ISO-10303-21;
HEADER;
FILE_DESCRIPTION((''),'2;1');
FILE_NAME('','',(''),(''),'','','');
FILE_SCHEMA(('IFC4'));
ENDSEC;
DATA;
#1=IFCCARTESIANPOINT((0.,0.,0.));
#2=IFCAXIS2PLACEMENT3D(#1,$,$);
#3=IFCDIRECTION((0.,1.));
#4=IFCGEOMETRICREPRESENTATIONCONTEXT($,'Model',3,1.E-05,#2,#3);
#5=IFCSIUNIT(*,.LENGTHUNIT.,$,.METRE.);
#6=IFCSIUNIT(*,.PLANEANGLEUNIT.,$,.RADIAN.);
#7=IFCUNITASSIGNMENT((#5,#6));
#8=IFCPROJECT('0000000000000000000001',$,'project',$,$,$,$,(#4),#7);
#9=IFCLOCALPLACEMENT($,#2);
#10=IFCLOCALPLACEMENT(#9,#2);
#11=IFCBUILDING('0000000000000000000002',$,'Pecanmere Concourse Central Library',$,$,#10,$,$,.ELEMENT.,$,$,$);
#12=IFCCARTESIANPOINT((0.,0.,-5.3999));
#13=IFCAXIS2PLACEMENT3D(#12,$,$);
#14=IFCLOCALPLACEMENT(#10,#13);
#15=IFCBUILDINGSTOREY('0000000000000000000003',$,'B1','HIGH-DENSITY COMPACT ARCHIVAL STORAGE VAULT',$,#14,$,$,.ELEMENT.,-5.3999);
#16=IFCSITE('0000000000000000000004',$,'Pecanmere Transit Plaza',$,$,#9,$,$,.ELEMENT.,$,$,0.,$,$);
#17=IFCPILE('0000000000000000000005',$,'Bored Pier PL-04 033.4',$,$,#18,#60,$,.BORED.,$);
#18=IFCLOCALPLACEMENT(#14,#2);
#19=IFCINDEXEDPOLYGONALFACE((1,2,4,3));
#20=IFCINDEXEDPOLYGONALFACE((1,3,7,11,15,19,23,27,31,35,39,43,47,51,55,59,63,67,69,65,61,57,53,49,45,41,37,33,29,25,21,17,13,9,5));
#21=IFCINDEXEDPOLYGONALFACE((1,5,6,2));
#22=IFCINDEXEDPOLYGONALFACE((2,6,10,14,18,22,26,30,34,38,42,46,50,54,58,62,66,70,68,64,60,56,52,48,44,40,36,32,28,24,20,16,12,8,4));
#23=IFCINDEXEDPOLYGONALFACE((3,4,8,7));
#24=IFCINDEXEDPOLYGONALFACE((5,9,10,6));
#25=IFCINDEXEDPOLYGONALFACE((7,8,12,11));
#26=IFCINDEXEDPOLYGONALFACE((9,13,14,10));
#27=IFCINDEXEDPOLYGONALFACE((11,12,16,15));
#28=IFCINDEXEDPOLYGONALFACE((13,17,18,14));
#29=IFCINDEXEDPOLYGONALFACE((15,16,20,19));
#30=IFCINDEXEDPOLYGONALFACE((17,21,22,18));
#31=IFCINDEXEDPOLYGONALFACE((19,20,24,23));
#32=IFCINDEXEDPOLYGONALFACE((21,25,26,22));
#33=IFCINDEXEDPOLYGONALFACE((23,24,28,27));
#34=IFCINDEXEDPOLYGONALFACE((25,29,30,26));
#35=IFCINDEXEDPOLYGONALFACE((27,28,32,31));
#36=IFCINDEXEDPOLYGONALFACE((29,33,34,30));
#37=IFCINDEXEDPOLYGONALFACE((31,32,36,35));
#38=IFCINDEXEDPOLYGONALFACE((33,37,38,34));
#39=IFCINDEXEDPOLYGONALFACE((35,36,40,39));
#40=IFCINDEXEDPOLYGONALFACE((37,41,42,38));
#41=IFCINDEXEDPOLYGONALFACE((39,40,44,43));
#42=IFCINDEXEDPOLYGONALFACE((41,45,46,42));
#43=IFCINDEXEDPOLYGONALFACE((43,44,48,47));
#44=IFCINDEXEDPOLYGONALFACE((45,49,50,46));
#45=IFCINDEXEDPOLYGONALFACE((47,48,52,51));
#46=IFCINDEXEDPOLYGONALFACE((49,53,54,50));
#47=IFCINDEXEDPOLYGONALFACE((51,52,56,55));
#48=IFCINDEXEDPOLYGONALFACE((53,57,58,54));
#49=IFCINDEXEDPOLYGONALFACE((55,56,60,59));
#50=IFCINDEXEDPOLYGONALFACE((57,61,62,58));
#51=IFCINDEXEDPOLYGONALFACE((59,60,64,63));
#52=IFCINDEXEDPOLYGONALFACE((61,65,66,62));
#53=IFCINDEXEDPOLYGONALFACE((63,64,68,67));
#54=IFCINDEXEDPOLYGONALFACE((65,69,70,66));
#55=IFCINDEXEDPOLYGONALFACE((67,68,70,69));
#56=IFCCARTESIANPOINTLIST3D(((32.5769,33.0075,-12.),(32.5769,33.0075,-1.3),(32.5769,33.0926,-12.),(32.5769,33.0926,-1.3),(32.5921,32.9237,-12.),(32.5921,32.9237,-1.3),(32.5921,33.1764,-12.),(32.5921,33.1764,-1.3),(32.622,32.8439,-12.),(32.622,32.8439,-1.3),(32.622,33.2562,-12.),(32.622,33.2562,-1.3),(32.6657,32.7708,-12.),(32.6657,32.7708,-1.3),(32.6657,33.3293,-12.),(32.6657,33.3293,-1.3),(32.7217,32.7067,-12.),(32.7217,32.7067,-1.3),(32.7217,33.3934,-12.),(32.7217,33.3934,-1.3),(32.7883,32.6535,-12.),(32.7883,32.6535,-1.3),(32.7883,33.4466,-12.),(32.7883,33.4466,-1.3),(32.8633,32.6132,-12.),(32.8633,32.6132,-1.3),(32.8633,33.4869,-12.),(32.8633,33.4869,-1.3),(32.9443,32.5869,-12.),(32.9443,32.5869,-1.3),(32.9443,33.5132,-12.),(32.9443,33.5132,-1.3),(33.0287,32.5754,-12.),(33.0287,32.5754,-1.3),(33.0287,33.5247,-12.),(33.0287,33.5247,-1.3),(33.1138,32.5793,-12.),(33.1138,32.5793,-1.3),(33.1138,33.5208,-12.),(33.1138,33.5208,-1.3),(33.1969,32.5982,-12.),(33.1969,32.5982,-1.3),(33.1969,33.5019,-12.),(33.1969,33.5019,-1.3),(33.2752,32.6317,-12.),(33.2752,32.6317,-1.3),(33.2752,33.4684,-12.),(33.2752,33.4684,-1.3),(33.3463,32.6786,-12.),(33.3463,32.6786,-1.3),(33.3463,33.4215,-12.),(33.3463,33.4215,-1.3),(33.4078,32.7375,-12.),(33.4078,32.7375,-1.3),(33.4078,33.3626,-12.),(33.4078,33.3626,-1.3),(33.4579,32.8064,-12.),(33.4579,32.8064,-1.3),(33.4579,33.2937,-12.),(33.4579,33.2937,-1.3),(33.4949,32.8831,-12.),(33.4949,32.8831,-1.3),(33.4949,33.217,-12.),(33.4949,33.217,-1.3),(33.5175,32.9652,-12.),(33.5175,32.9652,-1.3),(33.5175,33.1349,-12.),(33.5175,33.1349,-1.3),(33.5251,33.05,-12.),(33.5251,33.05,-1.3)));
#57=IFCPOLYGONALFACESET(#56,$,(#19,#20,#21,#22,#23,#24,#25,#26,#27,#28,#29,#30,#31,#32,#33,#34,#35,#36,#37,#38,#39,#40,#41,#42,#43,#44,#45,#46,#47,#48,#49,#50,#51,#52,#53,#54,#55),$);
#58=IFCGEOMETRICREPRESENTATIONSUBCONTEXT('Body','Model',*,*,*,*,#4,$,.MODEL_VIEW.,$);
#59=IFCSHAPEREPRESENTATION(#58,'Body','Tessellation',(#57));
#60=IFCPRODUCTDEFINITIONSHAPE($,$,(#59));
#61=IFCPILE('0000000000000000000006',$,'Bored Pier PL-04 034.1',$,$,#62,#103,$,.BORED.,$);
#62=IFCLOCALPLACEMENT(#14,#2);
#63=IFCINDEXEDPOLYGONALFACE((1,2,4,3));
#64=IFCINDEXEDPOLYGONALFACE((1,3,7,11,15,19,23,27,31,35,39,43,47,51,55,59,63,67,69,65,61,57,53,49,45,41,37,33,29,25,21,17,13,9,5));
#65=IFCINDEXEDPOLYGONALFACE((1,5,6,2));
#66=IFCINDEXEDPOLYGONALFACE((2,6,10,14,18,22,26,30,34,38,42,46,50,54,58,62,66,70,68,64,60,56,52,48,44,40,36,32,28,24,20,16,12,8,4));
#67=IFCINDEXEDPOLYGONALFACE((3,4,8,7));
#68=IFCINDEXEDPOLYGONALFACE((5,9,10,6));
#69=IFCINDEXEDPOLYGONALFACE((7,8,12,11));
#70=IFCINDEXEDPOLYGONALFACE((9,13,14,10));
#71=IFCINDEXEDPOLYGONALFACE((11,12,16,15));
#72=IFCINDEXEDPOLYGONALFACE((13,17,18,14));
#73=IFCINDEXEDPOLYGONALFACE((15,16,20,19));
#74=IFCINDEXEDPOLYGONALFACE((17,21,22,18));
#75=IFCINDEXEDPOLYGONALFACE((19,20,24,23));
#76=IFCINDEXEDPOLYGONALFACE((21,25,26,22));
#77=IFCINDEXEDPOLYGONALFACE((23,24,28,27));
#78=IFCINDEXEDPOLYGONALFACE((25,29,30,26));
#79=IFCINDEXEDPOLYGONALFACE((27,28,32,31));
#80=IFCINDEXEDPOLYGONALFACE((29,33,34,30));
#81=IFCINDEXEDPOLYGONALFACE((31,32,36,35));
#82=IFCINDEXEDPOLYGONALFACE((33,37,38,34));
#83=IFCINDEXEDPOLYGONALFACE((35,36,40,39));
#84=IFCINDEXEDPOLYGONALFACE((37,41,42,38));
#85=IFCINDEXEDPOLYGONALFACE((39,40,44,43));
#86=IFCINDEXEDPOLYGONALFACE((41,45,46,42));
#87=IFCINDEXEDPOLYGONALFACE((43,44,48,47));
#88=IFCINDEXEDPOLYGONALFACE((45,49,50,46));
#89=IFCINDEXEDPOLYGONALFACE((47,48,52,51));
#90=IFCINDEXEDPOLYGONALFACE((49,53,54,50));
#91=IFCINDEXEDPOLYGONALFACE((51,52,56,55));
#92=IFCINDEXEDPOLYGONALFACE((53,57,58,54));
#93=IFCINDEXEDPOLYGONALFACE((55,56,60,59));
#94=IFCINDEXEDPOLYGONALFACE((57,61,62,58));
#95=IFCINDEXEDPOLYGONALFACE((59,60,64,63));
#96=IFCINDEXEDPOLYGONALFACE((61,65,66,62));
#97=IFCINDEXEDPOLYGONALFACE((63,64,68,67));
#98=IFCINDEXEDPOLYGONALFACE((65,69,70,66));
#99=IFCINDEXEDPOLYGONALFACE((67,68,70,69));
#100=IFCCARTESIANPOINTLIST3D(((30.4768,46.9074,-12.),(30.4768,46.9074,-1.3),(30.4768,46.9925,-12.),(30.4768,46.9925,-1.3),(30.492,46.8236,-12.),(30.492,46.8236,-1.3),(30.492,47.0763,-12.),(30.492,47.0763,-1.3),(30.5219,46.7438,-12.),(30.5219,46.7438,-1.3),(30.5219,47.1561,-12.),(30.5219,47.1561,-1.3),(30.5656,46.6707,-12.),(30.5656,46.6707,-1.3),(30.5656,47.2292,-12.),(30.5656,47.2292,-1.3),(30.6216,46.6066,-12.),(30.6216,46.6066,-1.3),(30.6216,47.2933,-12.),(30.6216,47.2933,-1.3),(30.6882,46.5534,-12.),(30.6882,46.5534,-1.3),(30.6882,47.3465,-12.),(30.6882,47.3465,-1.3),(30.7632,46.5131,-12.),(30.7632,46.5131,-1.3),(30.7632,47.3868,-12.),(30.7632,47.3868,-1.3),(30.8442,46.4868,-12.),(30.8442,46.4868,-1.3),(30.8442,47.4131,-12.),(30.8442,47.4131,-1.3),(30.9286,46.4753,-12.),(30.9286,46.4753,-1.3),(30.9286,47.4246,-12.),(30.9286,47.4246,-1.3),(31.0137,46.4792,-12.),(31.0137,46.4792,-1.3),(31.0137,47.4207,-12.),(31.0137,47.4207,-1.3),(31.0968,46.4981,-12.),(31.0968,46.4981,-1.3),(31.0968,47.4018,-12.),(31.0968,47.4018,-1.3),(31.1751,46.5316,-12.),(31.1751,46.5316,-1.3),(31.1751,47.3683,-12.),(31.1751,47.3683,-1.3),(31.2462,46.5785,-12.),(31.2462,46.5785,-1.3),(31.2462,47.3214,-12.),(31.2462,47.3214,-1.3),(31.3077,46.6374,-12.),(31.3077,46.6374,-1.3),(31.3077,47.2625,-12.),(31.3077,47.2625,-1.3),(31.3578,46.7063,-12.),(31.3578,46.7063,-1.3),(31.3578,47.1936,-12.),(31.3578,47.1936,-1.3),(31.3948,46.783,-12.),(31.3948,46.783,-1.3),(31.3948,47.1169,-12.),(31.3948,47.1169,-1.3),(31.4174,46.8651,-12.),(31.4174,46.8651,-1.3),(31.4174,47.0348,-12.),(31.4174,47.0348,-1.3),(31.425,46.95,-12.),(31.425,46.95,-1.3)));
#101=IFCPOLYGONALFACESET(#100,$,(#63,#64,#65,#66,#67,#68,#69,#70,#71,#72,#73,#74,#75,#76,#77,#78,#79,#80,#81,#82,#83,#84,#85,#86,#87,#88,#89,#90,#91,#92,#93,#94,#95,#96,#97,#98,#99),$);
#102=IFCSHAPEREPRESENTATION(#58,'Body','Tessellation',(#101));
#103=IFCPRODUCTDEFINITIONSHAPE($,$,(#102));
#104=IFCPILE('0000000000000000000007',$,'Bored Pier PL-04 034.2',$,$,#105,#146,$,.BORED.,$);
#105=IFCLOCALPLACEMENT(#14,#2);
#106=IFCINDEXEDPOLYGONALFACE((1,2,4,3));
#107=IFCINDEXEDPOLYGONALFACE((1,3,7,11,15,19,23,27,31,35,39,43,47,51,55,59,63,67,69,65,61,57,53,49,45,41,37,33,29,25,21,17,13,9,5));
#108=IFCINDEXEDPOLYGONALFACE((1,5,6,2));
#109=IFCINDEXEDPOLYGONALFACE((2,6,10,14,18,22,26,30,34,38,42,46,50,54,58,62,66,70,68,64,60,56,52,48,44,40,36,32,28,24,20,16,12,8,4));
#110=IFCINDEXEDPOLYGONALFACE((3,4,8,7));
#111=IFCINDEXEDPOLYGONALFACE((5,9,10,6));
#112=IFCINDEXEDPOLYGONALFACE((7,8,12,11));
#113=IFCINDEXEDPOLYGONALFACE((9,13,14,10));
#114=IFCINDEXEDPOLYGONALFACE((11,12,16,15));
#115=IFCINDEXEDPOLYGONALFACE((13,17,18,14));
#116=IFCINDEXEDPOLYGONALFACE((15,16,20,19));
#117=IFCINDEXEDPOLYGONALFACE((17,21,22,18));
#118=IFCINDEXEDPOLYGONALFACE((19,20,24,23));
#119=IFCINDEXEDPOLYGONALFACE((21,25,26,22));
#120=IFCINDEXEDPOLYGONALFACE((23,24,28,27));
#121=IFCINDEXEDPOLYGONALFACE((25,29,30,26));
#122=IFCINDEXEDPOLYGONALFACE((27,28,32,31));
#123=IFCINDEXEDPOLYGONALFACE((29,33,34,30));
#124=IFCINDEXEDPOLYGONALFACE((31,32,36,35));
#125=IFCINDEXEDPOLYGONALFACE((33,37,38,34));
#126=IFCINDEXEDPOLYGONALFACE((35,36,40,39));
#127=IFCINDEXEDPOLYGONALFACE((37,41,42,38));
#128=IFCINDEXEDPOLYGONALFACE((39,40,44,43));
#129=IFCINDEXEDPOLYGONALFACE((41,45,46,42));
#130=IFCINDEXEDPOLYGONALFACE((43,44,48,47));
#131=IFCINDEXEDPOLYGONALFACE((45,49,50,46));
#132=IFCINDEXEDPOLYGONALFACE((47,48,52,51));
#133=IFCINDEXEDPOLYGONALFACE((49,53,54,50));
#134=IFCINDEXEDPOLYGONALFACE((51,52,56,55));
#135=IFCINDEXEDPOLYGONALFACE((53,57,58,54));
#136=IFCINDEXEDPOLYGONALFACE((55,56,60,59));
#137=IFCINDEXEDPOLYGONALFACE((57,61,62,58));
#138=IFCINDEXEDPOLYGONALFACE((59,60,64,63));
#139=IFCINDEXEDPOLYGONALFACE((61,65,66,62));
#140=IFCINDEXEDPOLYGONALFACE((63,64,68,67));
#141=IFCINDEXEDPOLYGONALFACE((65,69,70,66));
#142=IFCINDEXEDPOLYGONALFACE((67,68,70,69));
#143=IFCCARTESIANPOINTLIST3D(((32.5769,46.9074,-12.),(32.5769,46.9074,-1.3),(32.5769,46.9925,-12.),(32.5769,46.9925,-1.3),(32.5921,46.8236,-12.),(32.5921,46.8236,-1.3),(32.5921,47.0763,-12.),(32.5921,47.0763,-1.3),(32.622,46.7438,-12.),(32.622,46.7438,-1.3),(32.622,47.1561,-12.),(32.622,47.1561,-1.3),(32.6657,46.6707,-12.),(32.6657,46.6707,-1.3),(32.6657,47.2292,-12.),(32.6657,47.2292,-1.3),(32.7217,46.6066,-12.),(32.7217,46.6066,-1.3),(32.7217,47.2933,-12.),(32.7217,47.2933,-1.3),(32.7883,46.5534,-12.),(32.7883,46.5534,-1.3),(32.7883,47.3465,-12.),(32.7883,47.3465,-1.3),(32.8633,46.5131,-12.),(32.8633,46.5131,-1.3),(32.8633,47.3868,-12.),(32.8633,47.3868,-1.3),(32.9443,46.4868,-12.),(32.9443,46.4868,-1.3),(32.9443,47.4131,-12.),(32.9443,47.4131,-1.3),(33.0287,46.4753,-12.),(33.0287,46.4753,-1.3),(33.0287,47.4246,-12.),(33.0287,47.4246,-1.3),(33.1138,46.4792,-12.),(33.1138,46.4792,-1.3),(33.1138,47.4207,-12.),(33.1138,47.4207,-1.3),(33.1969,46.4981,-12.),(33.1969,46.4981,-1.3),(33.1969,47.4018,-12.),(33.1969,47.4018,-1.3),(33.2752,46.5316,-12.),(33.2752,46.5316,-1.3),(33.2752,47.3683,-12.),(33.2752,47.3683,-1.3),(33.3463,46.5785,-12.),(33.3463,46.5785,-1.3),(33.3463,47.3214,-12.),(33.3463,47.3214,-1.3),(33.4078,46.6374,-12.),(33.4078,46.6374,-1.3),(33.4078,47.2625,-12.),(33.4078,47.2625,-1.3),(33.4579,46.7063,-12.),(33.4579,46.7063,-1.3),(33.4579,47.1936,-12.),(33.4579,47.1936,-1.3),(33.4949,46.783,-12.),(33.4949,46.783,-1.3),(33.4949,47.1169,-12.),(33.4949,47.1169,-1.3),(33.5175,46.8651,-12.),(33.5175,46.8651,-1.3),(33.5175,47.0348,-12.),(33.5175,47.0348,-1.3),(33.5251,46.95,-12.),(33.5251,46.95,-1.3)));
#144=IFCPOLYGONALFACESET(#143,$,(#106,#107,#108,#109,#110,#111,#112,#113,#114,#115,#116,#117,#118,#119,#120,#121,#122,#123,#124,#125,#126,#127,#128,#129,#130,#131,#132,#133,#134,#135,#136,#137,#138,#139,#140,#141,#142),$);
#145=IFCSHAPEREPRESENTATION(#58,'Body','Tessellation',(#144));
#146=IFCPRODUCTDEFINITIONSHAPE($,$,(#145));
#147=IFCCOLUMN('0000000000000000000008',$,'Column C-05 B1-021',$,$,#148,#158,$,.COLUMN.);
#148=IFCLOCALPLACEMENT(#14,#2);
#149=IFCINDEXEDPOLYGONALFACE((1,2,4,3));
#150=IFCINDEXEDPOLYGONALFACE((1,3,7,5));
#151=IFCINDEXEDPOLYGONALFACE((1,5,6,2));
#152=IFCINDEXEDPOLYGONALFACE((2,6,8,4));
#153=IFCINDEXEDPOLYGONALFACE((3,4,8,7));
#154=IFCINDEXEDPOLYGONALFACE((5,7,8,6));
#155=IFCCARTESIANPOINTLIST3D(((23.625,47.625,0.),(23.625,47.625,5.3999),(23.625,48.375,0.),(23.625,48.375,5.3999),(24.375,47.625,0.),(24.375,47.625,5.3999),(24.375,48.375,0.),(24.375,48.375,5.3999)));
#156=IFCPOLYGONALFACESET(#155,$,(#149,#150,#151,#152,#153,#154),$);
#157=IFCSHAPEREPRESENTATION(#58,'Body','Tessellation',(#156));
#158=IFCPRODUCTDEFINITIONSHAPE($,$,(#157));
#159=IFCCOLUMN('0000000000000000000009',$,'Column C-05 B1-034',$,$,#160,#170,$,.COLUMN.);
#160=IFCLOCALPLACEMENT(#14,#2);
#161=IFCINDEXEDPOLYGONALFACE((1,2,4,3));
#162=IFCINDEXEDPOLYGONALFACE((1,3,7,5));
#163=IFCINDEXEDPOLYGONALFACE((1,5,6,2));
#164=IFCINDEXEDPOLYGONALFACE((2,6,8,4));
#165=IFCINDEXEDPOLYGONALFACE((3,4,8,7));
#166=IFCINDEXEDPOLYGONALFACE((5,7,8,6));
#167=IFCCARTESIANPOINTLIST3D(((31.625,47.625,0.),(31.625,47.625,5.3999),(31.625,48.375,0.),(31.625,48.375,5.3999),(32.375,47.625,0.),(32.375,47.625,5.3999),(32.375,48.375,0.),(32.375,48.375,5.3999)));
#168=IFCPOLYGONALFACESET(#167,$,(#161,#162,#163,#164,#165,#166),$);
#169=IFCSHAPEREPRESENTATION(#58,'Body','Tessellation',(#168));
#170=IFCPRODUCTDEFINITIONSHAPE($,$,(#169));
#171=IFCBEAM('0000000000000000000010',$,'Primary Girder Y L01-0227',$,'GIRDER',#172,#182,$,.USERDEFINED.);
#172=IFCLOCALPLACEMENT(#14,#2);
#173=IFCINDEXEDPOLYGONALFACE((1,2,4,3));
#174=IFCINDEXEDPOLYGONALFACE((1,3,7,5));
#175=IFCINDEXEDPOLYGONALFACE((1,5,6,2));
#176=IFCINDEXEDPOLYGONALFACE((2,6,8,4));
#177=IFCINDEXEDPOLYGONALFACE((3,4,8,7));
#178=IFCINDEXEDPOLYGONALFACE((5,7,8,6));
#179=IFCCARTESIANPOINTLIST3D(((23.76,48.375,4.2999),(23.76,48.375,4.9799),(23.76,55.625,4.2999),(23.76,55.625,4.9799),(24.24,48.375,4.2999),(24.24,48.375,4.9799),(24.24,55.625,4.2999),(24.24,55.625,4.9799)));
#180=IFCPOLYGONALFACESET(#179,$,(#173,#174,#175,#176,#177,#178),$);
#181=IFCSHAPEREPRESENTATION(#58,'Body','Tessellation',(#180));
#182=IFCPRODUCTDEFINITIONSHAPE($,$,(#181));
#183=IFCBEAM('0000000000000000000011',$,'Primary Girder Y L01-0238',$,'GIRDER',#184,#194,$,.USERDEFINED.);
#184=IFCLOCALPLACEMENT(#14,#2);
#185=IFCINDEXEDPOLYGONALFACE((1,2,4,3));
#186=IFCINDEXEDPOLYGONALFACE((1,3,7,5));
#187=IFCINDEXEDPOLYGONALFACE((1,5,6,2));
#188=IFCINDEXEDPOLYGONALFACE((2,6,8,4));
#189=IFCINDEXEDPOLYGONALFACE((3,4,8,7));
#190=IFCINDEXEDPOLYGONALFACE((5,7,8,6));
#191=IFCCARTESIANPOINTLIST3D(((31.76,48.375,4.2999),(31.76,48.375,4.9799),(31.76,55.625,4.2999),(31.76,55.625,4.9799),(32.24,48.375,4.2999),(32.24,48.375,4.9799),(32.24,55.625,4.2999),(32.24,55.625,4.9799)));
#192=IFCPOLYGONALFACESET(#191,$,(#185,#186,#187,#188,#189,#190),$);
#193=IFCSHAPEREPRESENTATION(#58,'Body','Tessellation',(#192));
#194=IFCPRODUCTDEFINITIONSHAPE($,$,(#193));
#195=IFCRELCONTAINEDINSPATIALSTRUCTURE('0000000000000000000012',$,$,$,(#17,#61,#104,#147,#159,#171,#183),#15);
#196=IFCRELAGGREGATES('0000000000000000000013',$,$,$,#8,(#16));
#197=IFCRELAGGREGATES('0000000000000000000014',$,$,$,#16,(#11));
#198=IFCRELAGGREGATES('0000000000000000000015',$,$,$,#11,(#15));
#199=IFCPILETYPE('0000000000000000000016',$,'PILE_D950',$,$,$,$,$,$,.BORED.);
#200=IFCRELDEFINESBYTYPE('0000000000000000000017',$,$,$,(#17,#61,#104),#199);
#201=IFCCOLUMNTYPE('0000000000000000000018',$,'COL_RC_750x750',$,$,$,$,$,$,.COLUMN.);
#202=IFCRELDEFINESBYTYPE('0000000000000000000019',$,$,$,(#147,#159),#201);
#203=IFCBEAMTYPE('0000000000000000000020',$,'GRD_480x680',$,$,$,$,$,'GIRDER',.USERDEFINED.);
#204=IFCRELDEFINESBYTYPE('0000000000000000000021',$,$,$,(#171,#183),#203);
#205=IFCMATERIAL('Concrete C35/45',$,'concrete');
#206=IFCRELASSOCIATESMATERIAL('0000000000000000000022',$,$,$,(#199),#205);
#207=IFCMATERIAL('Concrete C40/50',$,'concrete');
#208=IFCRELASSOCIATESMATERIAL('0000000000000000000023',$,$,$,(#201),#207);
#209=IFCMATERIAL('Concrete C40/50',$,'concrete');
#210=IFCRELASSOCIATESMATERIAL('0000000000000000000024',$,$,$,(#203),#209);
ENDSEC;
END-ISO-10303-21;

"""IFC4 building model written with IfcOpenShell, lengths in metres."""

from ifc_helpers import new_model, si_unit, direction, frame, origin, origin_2d, place, context, subcontext, project, spatial, rectangle, circle, extrude, material, material_profile, profile_set, type_object, element, save


model = new_model("IFC4")

# Units and contexts
model_context = context("Model", 3, precision=1e-05, world=origin(), true_north=direction((0.0, 1.0)))
body_context = subcontext(model_context, "Body", "Model", "MODEL_VIEW")
ifc_project = project(units=[si_unit("LENGTHUNIT", "METRE"), si_unit("PLANEANGLEUNIT", "RADIAN")], contexts=[model_context])

# Site, building, storey
site_placement = place(None, origin())
site = spatial("IfcSite", under=ifc_project, at=site_placement, Name="Pecanmere Transit Plaza", CompositionType="ELEMENT", RefElevation=0.0)
building_placement = place(site_placement, origin())
building = spatial("IfcBuilding", under=site, at=building_placement, Name="Pecanmere Concourse Central Library", CompositionType="ELEMENT")
storey_placement = place(building_placement, frame((0.0, 0.0, -5.3999)))
storey = spatial("IfcBuildingStorey", under=building, at=storey_placement, Name="B1", Description="HIGH-DENSITY COMPACT ARCHIVAL STORAGE VAULT", CompositionType="ELEMENT", Elevation=-5.3999)

# Piles
ifc_material_1 = material(Name="Concrete C35/45", Category="concrete")
ifc_material_profile_1 = material_profile(ifc_material_1, circle(Radius=0.4751, at=origin_2d()), Name="PIER D950")
ifc_profile_set_1 = profile_set([ifc_material_profile_1], Name="Concrete C35/45")
pile_type = type_object("IfcPileType", Name="PILE_D950", PredefinedType="BORED", material=ifc_profile_set_1)
for number, where, z_axis, x_axis, name in (
    (1, (33.05, 33.05, -1.3), (0.0, 0.0, -1.0), (1.0, 0.0, 0.0), "Bored Pier PL-04 033.4"),
    (2, (30.95, 46.95, -1.3), (0.0, 0.0, -1.0), (1.0, 0.0, 0.0), "Bored Pier PL-04 034.1"),
    (3, (33.05, 46.95, -1.3), (0.0, 0.0, -1.0), (1.0, 0.0, 0.0), "Bored Pier PL-04 034.2"),
):
    element("IfcPile", number, at=place(storey_placement, frame(where, z_axis=z_axis, x_axis=x_axis)), inside=storey, type_object=pile_type, Name=name, PredefinedType="BORED", context=body_context, shape_type="SweptSolid", body=[
        extrude(circle(Radius=0.4751, at=origin_2d()), origin(), (0.0, 0.0, 1.0), 10.7),
    ])

# Columns
ifc_material_2 = material(Name="Concrete C40/50", Category="concrete")
ifc_material_profile_2 = material_profile(ifc_material_2, rectangle(XDim=0.75, YDim=0.75, at=origin_2d()), Name="RC 750x750")
ifc_profile_set_2 = profile_set([ifc_material_profile_2], Name="Concrete C40/50")
column_type = type_object("IfcColumnType", Name="COL_RC_750x750", PredefinedType="COLUMN", material=ifc_profile_set_2)
for number, where, z_axis, x_axis, name in (
    (4, (24.0, 48.0, 0.0), (0.0, 0.0, 1.0), (1.0, 0.0, 0.0), "Column C-05 B1-021"),
    (5, (32.0, 48.0, 0.0), (0.0, 0.0, 1.0), (1.0, 0.0, 0.0), "Column C-05 B1-034"),
):
    element("IfcColumn", number, at=place(storey_placement, frame(where, z_axis=z_axis, x_axis=x_axis)), inside=storey, type_object=column_type, Name=name, PredefinedType="COLUMN", context=body_context, shape_type="SweptSolid", body=[
        extrude(rectangle(XDim=0.75, YDim=0.75, at=origin_2d()), origin(), (0.0, 0.0, 1.0), 5.3999),
    ])

# Beams
ifc_material_3 = material(Name="Concrete C40/50", Category="concrete")
ifc_material_profile_3 = material_profile(ifc_material_3, rectangle(XDim=0.48, YDim=0.6799, at=origin_2d()), Name="RC 480x680")
ifc_profile_set_3 = profile_set([ifc_material_profile_3], Name="Concrete C40/50")
beam_type_1 = type_object("IfcBeamType", Name="GRD_480x680", ElementType="GIRDER", PredefinedType="USERDEFINED", material=ifc_profile_set_3)
for number, where, z_axis, x_axis, name in (
    (6, (24.0, 48.375, 4.6399), (0.0, 1.0, 0.0), (-1.0, 0.0, 0.0), "Primary Girder Y L01-0227"),
    (7, (32.0, 48.375, 4.6399), (0.0, 1.0, 0.0), (-1.0, 0.0, 0.0), "Primary Girder Y L01-0238"),
):
    element("IfcBeam", number, at=place(storey_placement, frame(where, z_axis=z_axis, x_axis=x_axis)), inside=storey, type_object=beam_type_1, Name=name, ObjectType="GIRDER", PredefinedType="USERDEFINED", context=body_context, shape_type="SweptSolid", body=[
        extrude(rectangle(XDim=0.48, YDim=0.6799, at=origin_2d()), origin(), (0.0, 0.0, 1.0), 7.25),
    ])

save(model, "model.ifc")
